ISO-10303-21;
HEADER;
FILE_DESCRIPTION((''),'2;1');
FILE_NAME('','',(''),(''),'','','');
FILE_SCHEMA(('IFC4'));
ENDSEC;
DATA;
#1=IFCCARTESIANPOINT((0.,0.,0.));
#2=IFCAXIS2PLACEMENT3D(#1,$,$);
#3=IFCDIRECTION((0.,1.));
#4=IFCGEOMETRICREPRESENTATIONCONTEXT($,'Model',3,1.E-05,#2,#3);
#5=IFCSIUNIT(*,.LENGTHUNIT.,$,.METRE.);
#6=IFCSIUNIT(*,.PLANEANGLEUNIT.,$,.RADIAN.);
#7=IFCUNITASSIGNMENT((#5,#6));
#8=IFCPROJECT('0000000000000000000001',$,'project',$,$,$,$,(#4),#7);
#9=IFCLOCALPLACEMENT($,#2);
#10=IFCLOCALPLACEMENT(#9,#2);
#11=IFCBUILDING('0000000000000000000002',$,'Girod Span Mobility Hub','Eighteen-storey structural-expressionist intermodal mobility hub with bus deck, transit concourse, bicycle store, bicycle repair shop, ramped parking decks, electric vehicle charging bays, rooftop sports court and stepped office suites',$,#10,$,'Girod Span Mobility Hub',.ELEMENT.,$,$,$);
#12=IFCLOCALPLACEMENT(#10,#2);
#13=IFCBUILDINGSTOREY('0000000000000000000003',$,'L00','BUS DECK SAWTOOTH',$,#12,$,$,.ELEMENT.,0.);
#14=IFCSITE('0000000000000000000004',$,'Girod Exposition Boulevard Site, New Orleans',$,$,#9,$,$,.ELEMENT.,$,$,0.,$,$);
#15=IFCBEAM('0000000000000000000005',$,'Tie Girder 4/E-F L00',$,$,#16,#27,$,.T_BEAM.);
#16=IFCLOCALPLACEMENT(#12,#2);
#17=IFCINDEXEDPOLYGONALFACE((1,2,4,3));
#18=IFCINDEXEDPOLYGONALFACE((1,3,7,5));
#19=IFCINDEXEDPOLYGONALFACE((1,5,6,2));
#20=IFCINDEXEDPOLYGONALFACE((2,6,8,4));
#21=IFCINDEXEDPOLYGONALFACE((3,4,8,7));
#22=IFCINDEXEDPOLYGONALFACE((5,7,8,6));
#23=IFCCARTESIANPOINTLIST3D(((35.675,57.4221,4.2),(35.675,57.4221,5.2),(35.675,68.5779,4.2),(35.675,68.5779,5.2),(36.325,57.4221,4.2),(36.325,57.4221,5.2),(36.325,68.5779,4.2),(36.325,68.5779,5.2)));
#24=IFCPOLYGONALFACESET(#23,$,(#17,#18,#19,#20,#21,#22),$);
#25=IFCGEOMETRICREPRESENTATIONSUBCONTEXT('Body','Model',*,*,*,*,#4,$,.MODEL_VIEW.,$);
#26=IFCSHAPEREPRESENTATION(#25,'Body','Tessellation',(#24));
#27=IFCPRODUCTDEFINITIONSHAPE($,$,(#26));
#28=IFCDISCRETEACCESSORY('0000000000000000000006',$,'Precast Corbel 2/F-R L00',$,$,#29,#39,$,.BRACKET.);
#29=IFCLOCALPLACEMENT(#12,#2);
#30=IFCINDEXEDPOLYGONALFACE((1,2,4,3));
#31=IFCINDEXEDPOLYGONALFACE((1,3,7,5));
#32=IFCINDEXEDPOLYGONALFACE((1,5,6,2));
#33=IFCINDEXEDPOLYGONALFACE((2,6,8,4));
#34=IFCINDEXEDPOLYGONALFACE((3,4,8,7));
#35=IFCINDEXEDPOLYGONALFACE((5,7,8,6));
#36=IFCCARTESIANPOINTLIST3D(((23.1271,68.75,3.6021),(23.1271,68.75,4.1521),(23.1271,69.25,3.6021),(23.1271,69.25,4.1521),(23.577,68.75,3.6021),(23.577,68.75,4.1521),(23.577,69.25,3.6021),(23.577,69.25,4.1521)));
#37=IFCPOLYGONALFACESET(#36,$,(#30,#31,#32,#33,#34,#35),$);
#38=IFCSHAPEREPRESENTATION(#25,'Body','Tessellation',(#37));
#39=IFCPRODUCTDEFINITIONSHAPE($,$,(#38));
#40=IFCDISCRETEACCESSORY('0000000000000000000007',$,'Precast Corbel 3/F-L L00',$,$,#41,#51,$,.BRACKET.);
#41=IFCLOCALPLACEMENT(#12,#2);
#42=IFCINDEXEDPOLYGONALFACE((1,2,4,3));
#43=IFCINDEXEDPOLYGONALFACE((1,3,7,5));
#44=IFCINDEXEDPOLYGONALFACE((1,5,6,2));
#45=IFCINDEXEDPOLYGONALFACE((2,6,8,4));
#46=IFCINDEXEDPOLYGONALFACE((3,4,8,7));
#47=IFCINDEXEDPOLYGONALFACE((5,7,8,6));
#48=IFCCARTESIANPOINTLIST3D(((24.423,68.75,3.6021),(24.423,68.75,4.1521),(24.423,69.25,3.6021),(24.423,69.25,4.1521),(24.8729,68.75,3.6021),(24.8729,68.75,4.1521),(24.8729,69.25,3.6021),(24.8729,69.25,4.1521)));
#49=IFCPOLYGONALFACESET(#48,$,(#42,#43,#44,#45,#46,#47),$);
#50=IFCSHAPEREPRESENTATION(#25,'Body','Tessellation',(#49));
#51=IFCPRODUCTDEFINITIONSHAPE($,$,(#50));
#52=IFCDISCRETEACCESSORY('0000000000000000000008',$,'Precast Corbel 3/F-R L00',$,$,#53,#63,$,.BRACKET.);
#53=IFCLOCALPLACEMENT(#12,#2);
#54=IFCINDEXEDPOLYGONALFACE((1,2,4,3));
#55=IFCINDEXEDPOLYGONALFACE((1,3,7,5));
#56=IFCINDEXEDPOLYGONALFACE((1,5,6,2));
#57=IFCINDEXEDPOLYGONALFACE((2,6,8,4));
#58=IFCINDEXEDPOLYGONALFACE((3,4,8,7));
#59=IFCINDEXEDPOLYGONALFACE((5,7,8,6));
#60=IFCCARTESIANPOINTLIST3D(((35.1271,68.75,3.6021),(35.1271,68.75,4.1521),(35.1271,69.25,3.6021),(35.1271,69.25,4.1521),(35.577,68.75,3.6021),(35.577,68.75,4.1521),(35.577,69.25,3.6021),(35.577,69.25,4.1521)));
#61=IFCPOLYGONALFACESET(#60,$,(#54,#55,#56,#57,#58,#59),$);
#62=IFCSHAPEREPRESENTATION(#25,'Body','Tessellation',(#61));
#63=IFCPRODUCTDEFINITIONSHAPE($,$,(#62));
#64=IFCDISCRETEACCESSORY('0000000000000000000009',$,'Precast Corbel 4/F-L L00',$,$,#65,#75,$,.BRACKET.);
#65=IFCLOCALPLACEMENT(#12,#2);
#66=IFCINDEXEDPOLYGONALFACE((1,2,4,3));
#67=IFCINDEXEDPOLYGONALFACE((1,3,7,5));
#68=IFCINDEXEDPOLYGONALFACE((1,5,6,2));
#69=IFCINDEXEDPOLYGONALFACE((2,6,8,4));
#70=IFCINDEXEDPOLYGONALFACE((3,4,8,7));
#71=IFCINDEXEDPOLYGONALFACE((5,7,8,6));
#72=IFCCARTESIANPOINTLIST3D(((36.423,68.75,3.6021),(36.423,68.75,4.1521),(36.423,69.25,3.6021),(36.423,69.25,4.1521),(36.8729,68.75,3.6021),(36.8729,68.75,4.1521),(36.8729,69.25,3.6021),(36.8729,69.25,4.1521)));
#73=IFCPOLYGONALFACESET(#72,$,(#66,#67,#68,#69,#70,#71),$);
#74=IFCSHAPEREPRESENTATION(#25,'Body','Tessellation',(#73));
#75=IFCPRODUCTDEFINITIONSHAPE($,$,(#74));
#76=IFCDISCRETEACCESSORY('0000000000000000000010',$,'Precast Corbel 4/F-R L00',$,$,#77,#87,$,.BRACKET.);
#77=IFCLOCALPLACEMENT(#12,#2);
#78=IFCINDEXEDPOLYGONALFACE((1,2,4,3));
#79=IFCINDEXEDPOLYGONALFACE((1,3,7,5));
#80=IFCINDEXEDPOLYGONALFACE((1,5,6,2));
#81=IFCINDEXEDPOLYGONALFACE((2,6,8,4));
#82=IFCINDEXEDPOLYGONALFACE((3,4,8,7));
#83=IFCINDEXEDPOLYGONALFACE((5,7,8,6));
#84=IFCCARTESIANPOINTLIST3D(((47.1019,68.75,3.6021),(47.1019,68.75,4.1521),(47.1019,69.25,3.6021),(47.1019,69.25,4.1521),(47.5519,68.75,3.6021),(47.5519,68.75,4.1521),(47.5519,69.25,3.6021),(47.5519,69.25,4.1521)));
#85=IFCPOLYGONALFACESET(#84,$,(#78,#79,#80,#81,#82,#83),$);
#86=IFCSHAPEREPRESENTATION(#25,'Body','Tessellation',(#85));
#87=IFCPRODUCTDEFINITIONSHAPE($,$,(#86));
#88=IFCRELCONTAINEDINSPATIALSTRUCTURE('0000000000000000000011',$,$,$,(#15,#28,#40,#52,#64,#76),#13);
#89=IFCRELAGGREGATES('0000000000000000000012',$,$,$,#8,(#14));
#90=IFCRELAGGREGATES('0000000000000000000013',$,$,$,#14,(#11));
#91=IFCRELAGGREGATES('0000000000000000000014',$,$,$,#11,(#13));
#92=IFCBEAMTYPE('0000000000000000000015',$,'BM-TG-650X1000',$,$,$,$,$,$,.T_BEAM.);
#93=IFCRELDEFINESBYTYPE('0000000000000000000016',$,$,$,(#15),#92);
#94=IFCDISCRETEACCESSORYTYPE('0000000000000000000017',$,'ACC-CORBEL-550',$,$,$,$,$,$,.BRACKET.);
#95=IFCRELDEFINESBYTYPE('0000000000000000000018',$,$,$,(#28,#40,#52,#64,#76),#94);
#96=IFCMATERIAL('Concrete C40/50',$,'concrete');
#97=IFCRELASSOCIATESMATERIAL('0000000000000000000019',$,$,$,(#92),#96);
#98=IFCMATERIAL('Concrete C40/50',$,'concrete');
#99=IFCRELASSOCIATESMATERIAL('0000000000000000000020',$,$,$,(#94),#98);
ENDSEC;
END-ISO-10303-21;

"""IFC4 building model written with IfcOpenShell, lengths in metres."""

from ifc_helpers import new_model, si_unit, direction, frame, origin, origin_2d, place, context, subcontext, project, spatial, rectangle, extrude, material, material_profile, profile_set, type_object, element, save


model = new_model("IFC4")

# Units and contexts
model_context = context("Model", 3, precision=1e-05, world=origin(), true_north=direction((0.0, 1.0)))
body_context = subcontext(model_context, "Body", "Model", "MODEL_VIEW")
ifc_project = project(units=[si_unit("LENGTHUNIT", "METRE"), si_unit("PLANEANGLEUNIT", "RADIAN")], contexts=[model_context])

# Site, building, storey
site_placement = place(None, origin())
site = spatial("IfcSite", under=ifc_project, at=site_placement, Name="Girod Exposition Boulevard Site, New Orleans", CompositionType="ELEMENT", RefElevation=0.0)
building_placement = place(site_placement, origin())
building = spatial("IfcBuilding", under=site, at=building_placement, Name="Girod Span Mobility Hub", Description="Eighteen-storey structural-expressionist intermodal mobility hub with bus deck, transit concourse, bicycle store, bicycle repair shop, ramped parking decks, electric vehicle charging bays, rooftop sports court and stepped office suites", LongName="Girod Span Mobility Hub", CompositionType="ELEMENT")
storey_placement = place(building_placement, origin())
storey = spatial("IfcBuildingStorey", under=building, at=storey_placement, Name="L00", Description="BUS DECK SAWTOOTH", CompositionType="ELEMENT", Elevation=0.0)

# Beam
ifc_material_1 = material(Name="Concrete C40/50", Category="concrete")
ifc_material_profile_1 = material_profile(ifc_material_1, rectangle(XDim=0.6499, YDim=1.0, at=origin_2d()), Name="TG-650X1000")
ifc_profile_set_1 = profile_set([ifc_material_profile_1], Name="Concrete C40/50")
beam_type_1 = type_object("IfcBeamType", Name="BM-TG-650X1000", PredefinedType="T_BEAM", material=ifc_profile_set_1)
for number, where, z_axis, x_axis, name in (
    (1, (36.0, 57.4221, 4.7), (0.0, 1.0, 0.0), (-1.0, 0.0, 0.0), "Tie Girder 4/E-F L00"),
):
    element("IfcBeam", number, at=place(storey_placement, frame(where, z_axis=z_axis, x_axis=x_axis)), inside=storey, type_object=beam_type_1, Name=name, PredefinedType="T_BEAM", context=body_context, shape_type="SweptSolid", body=[
        extrude(rectangle(XDim=0.6499, YDim=1.0, at=origin_2d()), origin(), (0.0, 0.0, 1.0), 11.1558),
    ])

# Discrete accessories
ifc_material_2 = material(Name="Concrete C40/50", Category="concrete")
discrete_accessory_type = type_object("IfcDiscreteAccessoryType", Name="ACC-CORBEL-550", PredefinedType="BRACKET", material=ifc_material_2)
for number, where, z_axis, x_axis, name in (
    (2, (23.3521, 69.0, 3.6021), (0.0, 0.0, 1.0), (1.0, 0.0, 0.0), "Precast Corbel 2/F-R L00"),
    (3, (24.6479, 69.0, 3.6021), (0.0, 0.0, 1.0), (1.0, 0.0, 0.0), "Precast Corbel 3/F-L L00"),
    (4, (35.3521, 69.0, 3.6021), (0.0, 0.0, 1.0), (1.0, 0.0, 0.0), "Precast Corbel 3/F-R L00"),
    (5, (36.6479, 69.0, 3.6021), (0.0, 0.0, 1.0), (1.0, 0.0, 0.0), "Precast Corbel 4/F-L L00"),
    (6, (47.3269, 69.0, 3.6021), (0.0, 0.0, 1.0), (1.0, 0.0, 0.0), "Precast Corbel 4/F-R L00"),
):
    element("IfcDiscreteAccessory", number, at=place(storey_placement, frame(where, z_axis=z_axis, x_axis=x_axis)), inside=storey, type_object=discrete_accessory_type, Name=name, PredefinedType="BRACKET", context=body_context, shape_type="SweptSolid", body=[
        extrude(rectangle(XDim=0.45, YDim=0.5, at=origin_2d()), origin(), (0.0, 0.0, 1.0), 0.55),
    ])

save(model, "model.ifc")
